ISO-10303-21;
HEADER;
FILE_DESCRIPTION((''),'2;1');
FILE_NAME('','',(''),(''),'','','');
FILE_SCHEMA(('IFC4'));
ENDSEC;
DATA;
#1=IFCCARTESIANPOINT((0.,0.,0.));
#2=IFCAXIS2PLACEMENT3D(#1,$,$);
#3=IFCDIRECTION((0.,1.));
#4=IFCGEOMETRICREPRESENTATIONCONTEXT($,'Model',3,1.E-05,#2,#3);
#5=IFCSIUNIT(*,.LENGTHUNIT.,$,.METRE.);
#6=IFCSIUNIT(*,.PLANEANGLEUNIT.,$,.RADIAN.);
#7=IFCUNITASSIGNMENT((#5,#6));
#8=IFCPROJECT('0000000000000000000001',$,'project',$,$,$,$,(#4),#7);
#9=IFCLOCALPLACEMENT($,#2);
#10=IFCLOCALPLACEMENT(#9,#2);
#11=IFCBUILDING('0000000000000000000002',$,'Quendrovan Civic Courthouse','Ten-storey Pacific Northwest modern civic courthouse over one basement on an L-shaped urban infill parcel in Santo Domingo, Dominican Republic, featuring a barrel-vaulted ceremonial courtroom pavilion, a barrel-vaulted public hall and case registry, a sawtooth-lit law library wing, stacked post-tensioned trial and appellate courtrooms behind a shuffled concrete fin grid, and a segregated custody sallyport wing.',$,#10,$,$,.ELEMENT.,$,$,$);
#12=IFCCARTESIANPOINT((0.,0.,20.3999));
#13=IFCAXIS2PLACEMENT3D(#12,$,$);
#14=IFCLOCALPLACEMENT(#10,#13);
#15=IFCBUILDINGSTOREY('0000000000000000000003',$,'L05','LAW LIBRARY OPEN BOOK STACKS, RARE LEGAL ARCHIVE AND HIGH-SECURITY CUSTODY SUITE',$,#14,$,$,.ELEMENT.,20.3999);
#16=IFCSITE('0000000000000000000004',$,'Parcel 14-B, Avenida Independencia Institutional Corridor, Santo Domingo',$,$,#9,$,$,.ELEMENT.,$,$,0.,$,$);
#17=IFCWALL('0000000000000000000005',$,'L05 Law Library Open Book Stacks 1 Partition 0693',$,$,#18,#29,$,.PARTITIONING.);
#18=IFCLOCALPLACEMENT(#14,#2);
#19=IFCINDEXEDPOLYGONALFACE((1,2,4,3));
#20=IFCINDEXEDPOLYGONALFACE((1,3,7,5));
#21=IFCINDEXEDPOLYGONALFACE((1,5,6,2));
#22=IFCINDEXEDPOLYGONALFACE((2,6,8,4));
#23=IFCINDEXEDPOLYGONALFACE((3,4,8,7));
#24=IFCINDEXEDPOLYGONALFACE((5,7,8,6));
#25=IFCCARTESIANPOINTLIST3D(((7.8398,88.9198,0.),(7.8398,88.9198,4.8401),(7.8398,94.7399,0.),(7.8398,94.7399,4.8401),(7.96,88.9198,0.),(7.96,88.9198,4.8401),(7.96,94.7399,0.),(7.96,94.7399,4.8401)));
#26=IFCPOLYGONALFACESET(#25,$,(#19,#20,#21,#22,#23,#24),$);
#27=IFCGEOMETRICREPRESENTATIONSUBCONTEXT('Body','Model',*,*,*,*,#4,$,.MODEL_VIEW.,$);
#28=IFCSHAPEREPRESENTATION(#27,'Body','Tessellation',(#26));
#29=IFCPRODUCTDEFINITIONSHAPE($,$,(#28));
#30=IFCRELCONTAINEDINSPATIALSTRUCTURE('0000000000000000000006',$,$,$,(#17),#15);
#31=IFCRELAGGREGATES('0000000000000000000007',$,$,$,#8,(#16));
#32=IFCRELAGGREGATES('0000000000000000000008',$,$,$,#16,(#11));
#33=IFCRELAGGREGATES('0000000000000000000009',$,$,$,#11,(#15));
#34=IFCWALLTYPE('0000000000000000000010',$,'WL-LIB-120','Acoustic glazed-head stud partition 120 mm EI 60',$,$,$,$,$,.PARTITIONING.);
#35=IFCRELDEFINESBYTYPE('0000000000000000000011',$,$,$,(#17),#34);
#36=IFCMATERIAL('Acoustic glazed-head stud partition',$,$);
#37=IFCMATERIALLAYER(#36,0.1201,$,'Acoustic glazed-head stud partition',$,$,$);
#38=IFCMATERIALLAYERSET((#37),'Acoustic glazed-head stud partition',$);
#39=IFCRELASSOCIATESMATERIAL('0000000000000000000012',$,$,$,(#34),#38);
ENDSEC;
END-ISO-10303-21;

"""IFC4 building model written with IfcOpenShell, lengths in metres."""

from ifc_helpers import new_model, si_unit, direction, frame, frame_2d, origin, place, context, subcontext, project, spatial, rectangle, extrude, material, layer, layer_set, type_object, element, save


model = new_model("IFC4")

# Units and contexts
model_context = context("Model", 3, precision=1e-05, world=origin(), true_north=direction((0.0, 1.0)))
body_context = subcontext(model_context, "Body", "Model", "MODEL_VIEW")
ifc_project = project(units=[si_unit("LENGTHUNIT", "METRE"), si_unit("PLANEANGLEUNIT", "RADIAN")], contexts=[model_context])

# Site, building, storey
site_placement = place(None, origin())
site = spatial("IfcSite", under=ifc_project, at=site_placement, Name="Parcel 14-B, Avenida Independencia Institutional Corridor, Santo Domingo", CompositionType="ELEMENT", RefElevation=0.0)
building_placement = place(site_placement, origin())
building = spatial("IfcBuilding", under=site, at=building_placement, Name="Quendrovan Civic Courthouse", Description="Ten-storey Pacific Northwest modern civic courthouse over one basement on an L-shaped urban infill parcel in Santo Domingo, Dominican Republic, featuring a barrel-vaulted ceremonial courtroom pavilion, a barrel-vaulted public hall and case registry, a sawtooth-lit law library wing, stacked post-tensioned trial and appellate courtrooms behind a shuffled concrete fin grid, and a segregated custody sallyport wing.", CompositionType="ELEMENT")
storey_placement = place(building_placement, frame((0.0, 0.0, 20.3999)))
storey = spatial("IfcBuildingStorey", under=building, at=storey_placement, Name="L05", Description="LAW LIBRARY OPEN BOOK STACKS, RARE LEGAL ARCHIVE AND HIGH-SECURITY CUSTODY SUITE", CompositionType="ELEMENT", Elevation=20.3999)

# Wall
ifc_material_1 = material(Name="Acoustic glazed-head stud partition")
ifc_layer_1 = layer(ifc_material_1, 0.1201, Name="Acoustic glazed-head stud partition")
ifc_layer_set_1 = layer_set([ifc_layer_1], Name="Acoustic glazed-head stud partition")
wall_type_1 = type_object("IfcWallType", Name="WL-LIB-120", Description="Acoustic glazed-head stud partition 120 mm EI 60", PredefinedType="PARTITIONING", material=ifc_layer_set_1)
wall_1_placement = place(storey_placement, frame((7.8999, 94.74, 0.0), z_axis=(0.0, 0.0, 1.0), x_axis=(0.0, -1.0, 0.0)))
element("IfcWall", 1, at=wall_1_placement, inside=storey, type_object=wall_type_1, Name="L05 Law Library Open Book Stacks 1 Partition 0693", PredefinedType="PARTITIONING", context=body_context, shape_type="SweptSolid", body=[
    extrude(rectangle(XDim=5.8201, YDim=0.1201, at=frame_2d((2.9102, 0.0))), origin(), (0.0, 0.0, 1.0), 4.8401),
])

save(model, "model.ifc")
